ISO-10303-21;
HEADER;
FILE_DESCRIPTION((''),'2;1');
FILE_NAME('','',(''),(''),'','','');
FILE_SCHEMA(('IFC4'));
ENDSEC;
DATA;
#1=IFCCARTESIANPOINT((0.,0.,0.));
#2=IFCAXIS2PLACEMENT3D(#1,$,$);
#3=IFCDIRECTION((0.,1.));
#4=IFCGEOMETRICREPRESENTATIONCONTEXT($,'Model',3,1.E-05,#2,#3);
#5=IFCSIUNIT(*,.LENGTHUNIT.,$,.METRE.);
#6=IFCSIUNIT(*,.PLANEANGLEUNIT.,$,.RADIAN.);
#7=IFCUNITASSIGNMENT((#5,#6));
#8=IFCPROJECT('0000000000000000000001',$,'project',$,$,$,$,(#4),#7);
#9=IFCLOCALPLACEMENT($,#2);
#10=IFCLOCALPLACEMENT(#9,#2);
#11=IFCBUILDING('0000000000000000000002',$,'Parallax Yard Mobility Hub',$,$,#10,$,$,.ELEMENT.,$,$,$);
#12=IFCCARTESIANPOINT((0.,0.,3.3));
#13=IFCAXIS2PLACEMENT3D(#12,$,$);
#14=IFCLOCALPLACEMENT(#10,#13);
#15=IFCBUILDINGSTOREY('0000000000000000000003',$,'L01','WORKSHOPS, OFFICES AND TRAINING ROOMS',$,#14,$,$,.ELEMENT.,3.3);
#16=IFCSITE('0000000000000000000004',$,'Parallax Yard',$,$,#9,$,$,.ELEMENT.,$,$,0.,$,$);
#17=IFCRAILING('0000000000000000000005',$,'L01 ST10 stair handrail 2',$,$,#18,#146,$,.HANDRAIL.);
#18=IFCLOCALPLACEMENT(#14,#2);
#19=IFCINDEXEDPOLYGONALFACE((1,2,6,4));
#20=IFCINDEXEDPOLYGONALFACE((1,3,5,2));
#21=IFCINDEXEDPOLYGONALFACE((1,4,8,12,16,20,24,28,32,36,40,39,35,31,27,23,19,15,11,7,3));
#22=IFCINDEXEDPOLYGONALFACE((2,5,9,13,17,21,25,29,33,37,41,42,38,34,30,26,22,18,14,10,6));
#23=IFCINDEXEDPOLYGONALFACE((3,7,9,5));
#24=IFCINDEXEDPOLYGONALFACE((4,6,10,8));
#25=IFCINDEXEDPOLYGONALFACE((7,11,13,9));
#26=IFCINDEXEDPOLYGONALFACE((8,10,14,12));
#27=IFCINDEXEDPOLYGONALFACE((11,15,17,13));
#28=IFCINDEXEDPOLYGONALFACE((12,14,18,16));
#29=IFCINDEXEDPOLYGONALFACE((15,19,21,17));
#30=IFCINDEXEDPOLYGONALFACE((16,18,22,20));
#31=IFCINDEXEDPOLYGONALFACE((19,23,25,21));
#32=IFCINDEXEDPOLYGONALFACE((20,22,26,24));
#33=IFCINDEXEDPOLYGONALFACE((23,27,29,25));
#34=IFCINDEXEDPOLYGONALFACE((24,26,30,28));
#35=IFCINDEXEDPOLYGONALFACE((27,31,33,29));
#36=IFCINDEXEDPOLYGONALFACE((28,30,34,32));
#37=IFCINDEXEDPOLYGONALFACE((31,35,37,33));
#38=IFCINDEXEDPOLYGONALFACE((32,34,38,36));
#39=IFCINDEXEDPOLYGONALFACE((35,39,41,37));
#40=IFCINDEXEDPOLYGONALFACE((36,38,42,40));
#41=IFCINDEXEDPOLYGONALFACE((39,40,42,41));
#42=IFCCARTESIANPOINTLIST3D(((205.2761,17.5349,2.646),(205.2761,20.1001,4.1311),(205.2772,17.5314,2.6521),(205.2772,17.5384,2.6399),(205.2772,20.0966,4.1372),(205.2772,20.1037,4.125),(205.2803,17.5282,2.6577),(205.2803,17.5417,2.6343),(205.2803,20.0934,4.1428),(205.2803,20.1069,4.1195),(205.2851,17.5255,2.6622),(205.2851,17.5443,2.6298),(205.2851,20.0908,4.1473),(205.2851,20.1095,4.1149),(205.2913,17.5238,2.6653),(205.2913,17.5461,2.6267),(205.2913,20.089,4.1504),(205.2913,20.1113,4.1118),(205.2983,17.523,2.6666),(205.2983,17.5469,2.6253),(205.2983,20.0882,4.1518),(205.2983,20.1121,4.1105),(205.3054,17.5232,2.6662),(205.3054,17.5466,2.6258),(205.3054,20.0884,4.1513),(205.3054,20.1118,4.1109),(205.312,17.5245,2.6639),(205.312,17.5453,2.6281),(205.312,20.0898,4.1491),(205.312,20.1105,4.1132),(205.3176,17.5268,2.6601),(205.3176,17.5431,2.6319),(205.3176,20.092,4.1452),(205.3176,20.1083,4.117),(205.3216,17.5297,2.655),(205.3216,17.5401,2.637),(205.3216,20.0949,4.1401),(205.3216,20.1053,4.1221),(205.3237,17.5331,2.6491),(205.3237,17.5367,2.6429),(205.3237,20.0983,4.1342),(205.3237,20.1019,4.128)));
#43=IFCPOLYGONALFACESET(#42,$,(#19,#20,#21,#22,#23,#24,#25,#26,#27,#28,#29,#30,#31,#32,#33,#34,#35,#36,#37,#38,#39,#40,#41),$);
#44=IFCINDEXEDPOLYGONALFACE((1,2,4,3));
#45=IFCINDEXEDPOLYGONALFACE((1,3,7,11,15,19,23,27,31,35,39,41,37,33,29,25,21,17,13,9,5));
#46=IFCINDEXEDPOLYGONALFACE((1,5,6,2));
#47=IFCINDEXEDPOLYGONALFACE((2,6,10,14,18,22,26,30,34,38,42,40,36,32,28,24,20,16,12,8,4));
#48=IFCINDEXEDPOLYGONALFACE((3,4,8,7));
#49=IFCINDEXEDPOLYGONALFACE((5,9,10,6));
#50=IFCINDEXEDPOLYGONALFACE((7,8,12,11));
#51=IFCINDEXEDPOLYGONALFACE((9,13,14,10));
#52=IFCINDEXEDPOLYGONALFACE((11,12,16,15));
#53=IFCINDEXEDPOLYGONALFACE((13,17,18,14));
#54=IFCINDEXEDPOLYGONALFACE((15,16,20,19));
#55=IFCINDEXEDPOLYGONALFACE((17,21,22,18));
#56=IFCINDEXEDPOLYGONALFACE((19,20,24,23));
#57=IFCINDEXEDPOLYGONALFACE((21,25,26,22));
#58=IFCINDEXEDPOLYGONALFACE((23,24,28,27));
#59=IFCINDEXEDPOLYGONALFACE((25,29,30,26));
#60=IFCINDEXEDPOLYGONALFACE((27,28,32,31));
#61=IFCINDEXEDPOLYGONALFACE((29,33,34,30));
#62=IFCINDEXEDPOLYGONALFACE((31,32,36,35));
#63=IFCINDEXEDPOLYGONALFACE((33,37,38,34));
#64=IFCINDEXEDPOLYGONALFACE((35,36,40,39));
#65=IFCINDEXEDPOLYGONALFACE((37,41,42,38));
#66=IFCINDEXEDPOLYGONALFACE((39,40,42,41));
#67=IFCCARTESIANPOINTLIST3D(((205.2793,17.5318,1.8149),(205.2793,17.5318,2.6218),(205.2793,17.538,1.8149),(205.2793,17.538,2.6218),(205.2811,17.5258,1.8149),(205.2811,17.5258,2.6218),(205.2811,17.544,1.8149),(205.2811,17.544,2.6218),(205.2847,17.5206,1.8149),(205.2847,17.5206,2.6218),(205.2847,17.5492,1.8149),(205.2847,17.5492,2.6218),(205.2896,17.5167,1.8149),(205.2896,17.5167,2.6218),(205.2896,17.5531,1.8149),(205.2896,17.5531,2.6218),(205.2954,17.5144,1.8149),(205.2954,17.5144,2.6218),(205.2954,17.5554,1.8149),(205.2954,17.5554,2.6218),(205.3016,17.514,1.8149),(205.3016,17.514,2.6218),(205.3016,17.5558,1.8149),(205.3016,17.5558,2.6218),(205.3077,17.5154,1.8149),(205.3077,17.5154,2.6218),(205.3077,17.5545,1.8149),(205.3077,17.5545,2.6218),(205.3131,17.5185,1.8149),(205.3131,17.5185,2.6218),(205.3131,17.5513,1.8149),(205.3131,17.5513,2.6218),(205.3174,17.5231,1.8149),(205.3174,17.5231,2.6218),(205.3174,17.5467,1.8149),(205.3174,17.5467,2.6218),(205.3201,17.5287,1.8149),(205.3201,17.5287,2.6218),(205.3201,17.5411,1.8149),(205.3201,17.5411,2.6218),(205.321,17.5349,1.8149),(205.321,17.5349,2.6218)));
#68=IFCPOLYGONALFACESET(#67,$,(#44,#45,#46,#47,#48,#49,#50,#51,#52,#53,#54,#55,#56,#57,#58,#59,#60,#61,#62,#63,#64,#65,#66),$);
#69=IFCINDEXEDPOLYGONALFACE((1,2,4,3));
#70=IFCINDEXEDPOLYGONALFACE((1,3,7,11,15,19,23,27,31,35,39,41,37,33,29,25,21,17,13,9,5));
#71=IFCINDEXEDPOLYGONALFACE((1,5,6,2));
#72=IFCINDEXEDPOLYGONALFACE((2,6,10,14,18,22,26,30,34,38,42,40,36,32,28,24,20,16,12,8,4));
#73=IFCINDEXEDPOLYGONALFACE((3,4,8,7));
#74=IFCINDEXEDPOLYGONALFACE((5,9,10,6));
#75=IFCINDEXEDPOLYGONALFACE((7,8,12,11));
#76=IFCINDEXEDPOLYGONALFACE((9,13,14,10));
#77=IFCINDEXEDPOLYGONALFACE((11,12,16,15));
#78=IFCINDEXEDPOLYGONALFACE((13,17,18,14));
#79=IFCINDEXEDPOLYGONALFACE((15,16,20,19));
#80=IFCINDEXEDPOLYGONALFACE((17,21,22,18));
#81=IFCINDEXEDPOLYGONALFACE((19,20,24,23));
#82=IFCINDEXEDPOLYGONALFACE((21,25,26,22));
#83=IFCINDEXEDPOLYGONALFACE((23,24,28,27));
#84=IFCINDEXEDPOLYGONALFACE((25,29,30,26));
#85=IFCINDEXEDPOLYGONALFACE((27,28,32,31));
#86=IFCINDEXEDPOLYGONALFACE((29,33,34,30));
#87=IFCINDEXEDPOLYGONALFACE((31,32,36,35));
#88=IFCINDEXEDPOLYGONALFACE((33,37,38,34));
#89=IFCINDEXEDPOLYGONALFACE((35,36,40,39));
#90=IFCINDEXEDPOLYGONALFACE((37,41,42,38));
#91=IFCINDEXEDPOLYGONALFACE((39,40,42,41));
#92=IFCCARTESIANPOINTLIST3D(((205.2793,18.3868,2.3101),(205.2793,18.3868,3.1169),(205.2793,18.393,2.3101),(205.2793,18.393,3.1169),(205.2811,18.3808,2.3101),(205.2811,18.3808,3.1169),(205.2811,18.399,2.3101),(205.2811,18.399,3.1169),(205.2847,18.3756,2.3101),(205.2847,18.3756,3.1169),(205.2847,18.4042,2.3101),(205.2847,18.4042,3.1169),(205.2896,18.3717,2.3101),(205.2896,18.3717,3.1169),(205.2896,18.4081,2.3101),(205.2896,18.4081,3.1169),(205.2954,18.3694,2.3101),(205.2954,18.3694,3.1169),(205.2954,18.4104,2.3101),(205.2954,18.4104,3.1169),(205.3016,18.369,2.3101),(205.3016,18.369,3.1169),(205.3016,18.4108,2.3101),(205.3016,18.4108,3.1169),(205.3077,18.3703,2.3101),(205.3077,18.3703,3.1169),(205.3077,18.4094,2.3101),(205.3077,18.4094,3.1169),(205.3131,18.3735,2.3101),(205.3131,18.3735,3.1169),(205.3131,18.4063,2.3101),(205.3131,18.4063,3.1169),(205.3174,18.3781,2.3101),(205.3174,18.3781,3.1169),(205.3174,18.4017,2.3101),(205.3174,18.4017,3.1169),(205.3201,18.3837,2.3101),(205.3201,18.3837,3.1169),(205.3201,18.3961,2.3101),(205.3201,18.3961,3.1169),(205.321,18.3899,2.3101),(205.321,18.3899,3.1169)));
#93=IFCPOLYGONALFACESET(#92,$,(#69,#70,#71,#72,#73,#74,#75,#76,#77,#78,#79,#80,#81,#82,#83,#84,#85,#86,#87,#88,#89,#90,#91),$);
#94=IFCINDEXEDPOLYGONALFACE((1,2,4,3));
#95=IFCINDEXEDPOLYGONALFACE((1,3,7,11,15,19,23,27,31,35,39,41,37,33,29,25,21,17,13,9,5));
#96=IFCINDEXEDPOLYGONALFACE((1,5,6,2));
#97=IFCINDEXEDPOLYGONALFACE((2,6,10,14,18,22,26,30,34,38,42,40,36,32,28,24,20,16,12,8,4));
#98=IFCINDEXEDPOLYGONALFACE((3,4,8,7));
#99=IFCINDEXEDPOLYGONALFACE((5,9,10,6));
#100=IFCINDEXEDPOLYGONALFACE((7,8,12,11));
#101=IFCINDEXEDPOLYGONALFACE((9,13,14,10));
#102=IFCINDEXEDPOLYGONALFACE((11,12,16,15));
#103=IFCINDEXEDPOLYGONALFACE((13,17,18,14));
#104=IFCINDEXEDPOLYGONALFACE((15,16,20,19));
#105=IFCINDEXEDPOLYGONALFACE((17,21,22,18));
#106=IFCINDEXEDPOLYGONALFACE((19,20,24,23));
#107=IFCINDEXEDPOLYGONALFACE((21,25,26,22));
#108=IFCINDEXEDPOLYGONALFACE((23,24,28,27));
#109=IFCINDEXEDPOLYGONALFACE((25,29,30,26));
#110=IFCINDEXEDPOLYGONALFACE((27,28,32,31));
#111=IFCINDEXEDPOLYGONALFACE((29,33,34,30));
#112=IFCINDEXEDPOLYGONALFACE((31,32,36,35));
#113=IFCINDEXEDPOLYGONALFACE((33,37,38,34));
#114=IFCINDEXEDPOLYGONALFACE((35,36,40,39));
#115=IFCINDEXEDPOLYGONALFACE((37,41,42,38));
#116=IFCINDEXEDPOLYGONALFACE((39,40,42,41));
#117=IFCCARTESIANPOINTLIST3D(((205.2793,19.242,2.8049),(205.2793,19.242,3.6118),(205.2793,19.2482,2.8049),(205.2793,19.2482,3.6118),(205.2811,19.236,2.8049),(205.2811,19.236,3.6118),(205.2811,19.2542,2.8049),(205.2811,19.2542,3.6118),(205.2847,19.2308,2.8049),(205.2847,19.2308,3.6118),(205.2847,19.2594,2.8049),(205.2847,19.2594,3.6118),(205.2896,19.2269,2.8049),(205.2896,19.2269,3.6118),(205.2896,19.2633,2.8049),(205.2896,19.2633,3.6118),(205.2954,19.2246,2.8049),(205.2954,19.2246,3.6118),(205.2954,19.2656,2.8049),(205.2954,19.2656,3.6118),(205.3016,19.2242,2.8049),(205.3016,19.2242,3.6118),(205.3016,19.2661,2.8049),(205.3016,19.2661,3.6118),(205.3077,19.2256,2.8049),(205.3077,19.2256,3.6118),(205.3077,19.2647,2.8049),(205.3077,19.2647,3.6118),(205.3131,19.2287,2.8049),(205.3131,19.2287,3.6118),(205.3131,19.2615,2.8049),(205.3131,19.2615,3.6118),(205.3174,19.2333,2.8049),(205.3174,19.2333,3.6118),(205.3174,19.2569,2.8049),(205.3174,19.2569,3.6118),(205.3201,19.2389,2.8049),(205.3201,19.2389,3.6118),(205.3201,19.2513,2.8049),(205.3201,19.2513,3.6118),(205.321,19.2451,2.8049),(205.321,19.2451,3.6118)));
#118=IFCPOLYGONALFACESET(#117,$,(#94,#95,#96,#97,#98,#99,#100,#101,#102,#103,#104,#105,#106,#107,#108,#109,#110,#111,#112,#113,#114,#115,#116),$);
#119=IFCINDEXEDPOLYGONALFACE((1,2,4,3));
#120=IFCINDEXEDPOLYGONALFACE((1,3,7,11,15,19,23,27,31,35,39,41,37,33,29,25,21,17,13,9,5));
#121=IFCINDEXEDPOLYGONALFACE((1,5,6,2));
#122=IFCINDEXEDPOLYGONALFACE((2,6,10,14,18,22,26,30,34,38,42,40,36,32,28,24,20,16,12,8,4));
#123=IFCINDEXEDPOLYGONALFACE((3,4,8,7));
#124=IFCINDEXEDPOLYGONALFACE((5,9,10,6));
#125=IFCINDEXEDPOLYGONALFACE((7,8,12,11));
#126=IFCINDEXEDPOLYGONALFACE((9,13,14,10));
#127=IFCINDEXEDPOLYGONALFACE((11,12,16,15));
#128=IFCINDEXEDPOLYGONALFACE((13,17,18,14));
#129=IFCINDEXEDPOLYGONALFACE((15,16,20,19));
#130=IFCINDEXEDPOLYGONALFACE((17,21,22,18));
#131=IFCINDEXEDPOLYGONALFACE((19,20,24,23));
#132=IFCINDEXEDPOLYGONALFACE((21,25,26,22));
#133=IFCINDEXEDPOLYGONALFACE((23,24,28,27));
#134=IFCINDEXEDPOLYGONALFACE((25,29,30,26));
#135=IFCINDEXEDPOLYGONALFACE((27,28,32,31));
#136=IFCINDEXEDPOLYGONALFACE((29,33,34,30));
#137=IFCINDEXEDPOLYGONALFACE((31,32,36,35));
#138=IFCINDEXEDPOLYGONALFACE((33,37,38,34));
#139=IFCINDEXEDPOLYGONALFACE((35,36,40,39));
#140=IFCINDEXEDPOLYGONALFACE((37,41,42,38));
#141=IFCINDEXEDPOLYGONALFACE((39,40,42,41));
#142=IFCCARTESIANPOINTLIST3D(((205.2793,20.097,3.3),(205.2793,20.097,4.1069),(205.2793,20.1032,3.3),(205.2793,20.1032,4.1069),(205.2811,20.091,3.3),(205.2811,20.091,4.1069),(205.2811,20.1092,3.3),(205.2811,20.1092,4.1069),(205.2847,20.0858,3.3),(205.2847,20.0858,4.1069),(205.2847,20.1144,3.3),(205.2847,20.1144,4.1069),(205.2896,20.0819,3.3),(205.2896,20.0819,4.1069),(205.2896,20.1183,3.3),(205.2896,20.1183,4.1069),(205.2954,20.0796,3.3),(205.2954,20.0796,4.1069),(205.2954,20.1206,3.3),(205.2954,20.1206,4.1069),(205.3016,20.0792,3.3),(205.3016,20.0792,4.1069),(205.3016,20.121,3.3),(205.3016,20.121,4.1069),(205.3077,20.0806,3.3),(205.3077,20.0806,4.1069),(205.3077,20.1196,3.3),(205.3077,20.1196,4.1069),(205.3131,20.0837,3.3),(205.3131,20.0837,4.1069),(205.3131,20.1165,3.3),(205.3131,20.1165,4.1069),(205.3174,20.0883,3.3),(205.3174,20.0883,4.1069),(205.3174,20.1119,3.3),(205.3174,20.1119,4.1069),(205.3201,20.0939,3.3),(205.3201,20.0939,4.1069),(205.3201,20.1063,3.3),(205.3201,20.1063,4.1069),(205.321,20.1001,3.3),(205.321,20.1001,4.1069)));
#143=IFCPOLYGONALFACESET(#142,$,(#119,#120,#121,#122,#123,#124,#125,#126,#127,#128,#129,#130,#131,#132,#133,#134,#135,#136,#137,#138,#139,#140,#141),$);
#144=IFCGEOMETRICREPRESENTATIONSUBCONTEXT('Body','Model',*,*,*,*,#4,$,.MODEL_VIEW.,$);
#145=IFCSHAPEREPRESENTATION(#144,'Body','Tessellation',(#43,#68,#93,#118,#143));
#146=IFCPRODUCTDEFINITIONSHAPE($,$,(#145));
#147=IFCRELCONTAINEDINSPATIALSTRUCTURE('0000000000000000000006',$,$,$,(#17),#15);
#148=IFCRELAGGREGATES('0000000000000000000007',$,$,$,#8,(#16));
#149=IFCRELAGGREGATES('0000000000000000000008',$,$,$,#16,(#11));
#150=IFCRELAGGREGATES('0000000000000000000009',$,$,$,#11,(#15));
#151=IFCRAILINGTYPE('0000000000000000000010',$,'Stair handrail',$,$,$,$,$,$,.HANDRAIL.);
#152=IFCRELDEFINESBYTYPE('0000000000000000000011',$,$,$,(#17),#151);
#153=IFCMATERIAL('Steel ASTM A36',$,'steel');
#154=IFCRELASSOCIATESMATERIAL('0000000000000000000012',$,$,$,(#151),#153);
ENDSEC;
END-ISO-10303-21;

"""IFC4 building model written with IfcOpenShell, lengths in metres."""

from ifc_helpers import new_model, si_unit, direction, frame, origin, origin_2d, place, context, subcontext, project, spatial, circle, extrude, material, type_object, element, save


model = new_model("IFC4")

# Units and contexts
model_context = context("Model", 3, precision=1e-05, world=origin(), true_north=direction((0.0, 1.0)))
body_context = subcontext(model_context, "Body", "Model", "MODEL_VIEW")
ifc_project = project(units=[si_unit("LENGTHUNIT", "METRE"), si_unit("PLANEANGLEUNIT", "RADIAN")], contexts=[model_context])

# Site, building, storey
site_placement = place(None, origin())
site = spatial("IfcSite", under=ifc_project, at=site_placement, Name="Parallax Yard", CompositionType="ELEMENT", RefElevation=0.0)
building_placement = place(site_placement, origin())
building = spatial("IfcBuilding", under=site, at=building_placement, Name="Parallax Yard Mobility Hub", CompositionType="ELEMENT")
storey_placement = place(building_placement, frame((0.0, 0.0, 3.3)))
storey = spatial("IfcBuildingStorey", under=building, at=storey_placement, Name="L01", Description="WORKSHOPS, OFFICES AND TRAINING ROOMS", CompositionType="ELEMENT", Elevation=3.3)

# Railing
ifc_material_1 = material(Name="Steel ASTM A36", Category="steel")
railing_type_1 = type_object("IfcRailingType", Name="Stair handrail", PredefinedType="HANDRAIL", material=ifc_material_1)
railing_1_placement = place(storey_placement, frame((205.3, 17.5349, 1.8149)))
element("IfcRailing", 1, at=railing_1_placement, inside=storey, type_object=railing_type_1, Name="L01 ST10 stair handrail 2", PredefinedType="HANDRAIL", context=body_context, shape_type="SweptSolid", body=[
    extrude(circle(Radius=0.0239, at=origin_2d()), frame((0.0, 0.0, 0.8311), z_axis=(0.0, 0.865426, 0.501036), x_axis=(-1.0, 0.0, 0.0)), (0.0, 0.0, 1.0), 2.9641),
    extrude(circle(Radius=0.021, at=origin_2d()), origin(), (0.0, 0.0, 1.0), 0.8069),
    extrude(circle(Radius=0.021, at=origin_2d()), frame((0.0, 0.855, 0.4951)), (0.0, 0.0, 1.0), 0.8069),
    extrude(circle(Radius=0.021, at=origin_2d()), frame((0.0, 1.7102, 0.99)), (0.0, 0.0, 1.0), 0.8069),
    extrude(circle(Radius=0.021, at=origin_2d()), frame((0.0, 2.5652, 1.4851)), (0.0, 0.0, 1.0), 0.8069),
])

save(model, "model.ifc")
